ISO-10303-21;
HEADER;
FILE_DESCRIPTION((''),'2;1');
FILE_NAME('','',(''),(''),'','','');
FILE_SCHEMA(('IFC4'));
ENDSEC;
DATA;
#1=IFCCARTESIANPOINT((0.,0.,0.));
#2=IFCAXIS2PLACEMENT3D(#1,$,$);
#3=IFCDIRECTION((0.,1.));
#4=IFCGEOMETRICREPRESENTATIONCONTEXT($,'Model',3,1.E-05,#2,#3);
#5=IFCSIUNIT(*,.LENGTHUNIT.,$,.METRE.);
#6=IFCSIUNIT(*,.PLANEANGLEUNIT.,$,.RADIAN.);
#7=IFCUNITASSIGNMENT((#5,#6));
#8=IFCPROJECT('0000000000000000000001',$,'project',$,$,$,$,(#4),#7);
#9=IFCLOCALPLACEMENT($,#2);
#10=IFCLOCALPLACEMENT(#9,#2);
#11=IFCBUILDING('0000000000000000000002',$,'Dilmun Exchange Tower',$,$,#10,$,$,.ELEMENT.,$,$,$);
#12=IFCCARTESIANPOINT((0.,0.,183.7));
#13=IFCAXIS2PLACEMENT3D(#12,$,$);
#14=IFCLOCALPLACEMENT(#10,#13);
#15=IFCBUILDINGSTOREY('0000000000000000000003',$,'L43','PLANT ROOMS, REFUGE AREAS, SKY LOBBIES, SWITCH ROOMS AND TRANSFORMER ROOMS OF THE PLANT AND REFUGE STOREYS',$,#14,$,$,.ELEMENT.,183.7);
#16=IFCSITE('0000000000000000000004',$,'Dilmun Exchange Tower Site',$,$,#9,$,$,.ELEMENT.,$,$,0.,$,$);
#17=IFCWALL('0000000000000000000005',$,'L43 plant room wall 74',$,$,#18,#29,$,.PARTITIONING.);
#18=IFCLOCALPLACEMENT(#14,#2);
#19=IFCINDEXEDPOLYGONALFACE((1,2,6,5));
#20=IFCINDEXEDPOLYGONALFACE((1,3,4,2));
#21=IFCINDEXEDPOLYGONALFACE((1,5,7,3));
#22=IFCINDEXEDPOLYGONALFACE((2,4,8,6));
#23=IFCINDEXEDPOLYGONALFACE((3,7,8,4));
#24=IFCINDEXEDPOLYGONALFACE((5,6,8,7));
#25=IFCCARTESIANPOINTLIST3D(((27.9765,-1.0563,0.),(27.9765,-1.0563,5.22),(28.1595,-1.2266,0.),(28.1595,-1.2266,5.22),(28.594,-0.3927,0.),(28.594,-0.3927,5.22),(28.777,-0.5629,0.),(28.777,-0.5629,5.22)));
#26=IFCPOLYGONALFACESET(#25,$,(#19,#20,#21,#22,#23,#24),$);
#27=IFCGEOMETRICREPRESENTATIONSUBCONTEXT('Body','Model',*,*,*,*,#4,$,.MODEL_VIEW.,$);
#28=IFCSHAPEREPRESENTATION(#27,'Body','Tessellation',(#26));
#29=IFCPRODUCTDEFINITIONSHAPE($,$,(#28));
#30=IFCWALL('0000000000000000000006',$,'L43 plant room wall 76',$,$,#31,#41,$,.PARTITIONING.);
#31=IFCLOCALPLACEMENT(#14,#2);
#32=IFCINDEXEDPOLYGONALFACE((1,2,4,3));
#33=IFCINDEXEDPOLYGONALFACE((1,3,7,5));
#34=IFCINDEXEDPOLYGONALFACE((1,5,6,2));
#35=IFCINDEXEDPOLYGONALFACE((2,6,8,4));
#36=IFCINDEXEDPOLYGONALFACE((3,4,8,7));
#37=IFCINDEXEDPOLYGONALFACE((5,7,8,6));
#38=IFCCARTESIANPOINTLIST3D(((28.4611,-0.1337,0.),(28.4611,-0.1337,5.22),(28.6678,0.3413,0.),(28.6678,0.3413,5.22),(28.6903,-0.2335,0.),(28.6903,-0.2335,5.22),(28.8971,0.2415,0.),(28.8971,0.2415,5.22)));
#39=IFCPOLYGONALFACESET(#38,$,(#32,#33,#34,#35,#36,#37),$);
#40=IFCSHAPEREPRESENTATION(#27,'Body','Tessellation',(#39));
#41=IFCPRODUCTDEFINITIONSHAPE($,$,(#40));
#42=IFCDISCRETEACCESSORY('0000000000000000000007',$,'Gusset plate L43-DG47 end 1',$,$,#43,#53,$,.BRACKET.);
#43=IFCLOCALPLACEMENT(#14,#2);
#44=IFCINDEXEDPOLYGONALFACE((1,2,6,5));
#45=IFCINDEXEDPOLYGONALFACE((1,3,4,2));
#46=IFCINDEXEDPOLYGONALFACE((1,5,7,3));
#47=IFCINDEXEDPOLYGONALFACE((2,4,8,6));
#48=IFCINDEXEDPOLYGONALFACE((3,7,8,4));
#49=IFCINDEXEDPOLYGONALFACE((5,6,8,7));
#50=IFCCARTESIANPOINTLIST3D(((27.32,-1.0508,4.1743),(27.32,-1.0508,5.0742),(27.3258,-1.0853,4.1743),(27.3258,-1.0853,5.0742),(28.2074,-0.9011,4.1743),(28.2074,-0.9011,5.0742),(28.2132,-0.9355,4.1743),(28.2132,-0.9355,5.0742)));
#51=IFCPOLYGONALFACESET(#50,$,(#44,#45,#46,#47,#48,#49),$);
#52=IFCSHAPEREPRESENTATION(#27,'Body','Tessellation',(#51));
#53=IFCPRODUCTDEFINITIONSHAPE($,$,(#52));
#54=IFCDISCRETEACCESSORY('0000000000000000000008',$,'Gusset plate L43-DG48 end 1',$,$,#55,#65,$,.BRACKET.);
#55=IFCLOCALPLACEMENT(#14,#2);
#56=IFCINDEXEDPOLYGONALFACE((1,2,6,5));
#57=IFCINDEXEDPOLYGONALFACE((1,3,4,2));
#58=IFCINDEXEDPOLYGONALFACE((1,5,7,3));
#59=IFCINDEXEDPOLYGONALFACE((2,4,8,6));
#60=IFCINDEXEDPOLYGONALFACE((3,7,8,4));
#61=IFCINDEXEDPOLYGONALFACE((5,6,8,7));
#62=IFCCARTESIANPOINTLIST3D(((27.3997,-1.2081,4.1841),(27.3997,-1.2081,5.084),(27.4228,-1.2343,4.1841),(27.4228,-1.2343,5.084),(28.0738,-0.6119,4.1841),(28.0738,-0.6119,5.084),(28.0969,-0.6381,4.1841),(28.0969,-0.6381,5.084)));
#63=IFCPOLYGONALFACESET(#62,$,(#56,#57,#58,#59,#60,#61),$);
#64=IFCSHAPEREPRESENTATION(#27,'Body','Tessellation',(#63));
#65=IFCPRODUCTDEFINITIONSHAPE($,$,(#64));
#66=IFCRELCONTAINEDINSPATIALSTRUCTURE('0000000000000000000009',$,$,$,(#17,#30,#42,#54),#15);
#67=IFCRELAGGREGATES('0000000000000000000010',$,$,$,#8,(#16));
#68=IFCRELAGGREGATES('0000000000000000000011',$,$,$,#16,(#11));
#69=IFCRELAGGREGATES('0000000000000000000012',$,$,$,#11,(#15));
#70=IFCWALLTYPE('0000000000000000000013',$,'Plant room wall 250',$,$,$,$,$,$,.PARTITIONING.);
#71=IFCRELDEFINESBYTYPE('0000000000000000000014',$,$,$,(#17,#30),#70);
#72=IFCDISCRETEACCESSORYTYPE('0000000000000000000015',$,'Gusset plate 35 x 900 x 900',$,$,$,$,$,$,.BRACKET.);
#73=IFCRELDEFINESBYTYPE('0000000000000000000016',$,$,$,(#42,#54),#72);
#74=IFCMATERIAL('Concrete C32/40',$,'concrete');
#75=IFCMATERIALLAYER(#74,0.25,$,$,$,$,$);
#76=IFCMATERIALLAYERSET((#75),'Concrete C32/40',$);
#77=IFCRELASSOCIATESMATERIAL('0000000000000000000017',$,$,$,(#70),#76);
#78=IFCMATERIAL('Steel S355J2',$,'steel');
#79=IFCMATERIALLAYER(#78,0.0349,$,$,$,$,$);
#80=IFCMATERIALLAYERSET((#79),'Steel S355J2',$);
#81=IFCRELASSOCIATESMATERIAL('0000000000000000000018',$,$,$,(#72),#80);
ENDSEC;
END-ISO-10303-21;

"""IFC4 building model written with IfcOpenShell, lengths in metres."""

from ifc_helpers import new_model, si_unit, direction, frame, frame_2d, origin, origin_2d, place, context, subcontext, project, spatial, rectangle, extrude, material, layer, layer_set, type_object, element, save


model = new_model("IFC4")

# Units and contexts
model_context = context("Model", 3, precision=1e-05, world=origin(), true_north=direction((0.0, 1.0)))
body_context = subcontext(model_context, "Body", "Model", "MODEL_VIEW")
ifc_project = project(units=[si_unit("LENGTHUNIT", "METRE"), si_unit("PLANEANGLEUNIT", "RADIAN")], contexts=[model_context])

# Site, building, storey
site_placement = place(None, origin())
site = spatial("IfcSite", under=ifc_project, at=site_placement, Name="Dilmun Exchange Tower Site", CompositionType="ELEMENT", RefElevation=0.0)
building_placement = place(site_placement, origin())
building = spatial("IfcBuilding", under=site, at=building_placement, Name="Dilmun Exchange Tower", CompositionType="ELEMENT")
storey_placement = place(building_placement, frame((0.0, 0.0, 183.7)))
storey = spatial("IfcBuildingStorey", under=building, at=storey_placement, Name="L43", Description="PLANT ROOMS, REFUGE AREAS, SKY LOBBIES, SWITCH ROOMS AND TRANSFORMER ROOMS OF THE PLANT AND REFUGE STOREYS", CompositionType="ELEMENT", Elevation=183.7)

# Walls
ifc_material_1 = material(Name="Concrete C32/40", Category="concrete")
ifc_layer_1 = layer(ifc_material_1, 0.25)
ifc_layer_set_1 = layer_set([ifc_layer_1], Name="Concrete C32/40")
wall_type = type_object("IfcWallType", Name="Plant room wall 250", PredefinedType="PARTITIONING", material=ifc_layer_set_1)
wall_1_placement = place(storey_placement, frame((28.0681, -1.1414, 0.0), z_axis=(0.0, 0.0, 1.0), x_axis=(0.681195, 0.732102, 0.0)))
element("IfcWall", 1, at=wall_1_placement, inside=storey, type_object=wall_type, Name="L43 plant room wall 74", PredefinedType="PARTITIONING", context=body_context, shape_type="SweptSolid", body=[
    extrude(rectangle(XDim=0.9065, YDim=0.25, at=frame_2d((0.4531, 0.0))), origin(), (0.0, 0.0, 1.0), 5.22),
])
wall_2_placement = place(storey_placement, frame((28.5757, -0.1836, 0.0), z_axis=(0.0, 0.0, 1.0), x_axis=(0.399088, 0.916913, 0.0)))
element("IfcWall", 2, at=wall_2_placement, inside=storey, type_object=wall_type, Name="L43 plant room wall 76", PredefinedType="PARTITIONING", context=body_context, shape_type="SweptSolid", body=[
    extrude(rectangle(XDim=0.5181, YDim=0.25, at=frame_2d((0.259, 0.0))), origin(), (0.0, 0.0, 1.0), 5.22),
])

# Discrete accessories
ifc_material_2 = material(Name="Steel S355J2", Category="steel")
ifc_layer_2 = layer(ifc_material_2, 0.0349)
ifc_layer_set_2 = layer_set([ifc_layer_2], Name="Steel S355J2")
discrete_accessory_type = type_object("IfcDiscreteAccessoryType", Name="Gusset plate 35 x 900 x 900", PredefinedType="BRACKET", material=ifc_layer_set_2)
for number, where, z_axis, x_axis, name in (
    (3, (27.7666, -0.9932, 4.1743), (0.0, 0.0, 1.0), (0.98605, 0.166452, 0.0), "Gusset plate L43-DG47 end 1"),
    (4, (27.7483, -0.9231, 4.1841), (0.0, 0.0, 1.0), (0.749077, 0.662483, 0.0), "Gusset plate L43-DG48 end 1"),
):
    element("IfcDiscreteAccessory", number, at=place(storey_placement, frame(where, z_axis=z_axis, x_axis=x_axis)), inside=storey, type_object=discrete_accessory_type, Name=name, PredefinedType="BRACKET", context=body_context, shape_type="SweptSolid", body=[
        extrude(rectangle(XDim=0.8999, YDim=0.0349, at=origin_2d()), origin(), (0.0, 0.0, 1.0), 0.8999),
    ])

save(model, "model.ifc")
